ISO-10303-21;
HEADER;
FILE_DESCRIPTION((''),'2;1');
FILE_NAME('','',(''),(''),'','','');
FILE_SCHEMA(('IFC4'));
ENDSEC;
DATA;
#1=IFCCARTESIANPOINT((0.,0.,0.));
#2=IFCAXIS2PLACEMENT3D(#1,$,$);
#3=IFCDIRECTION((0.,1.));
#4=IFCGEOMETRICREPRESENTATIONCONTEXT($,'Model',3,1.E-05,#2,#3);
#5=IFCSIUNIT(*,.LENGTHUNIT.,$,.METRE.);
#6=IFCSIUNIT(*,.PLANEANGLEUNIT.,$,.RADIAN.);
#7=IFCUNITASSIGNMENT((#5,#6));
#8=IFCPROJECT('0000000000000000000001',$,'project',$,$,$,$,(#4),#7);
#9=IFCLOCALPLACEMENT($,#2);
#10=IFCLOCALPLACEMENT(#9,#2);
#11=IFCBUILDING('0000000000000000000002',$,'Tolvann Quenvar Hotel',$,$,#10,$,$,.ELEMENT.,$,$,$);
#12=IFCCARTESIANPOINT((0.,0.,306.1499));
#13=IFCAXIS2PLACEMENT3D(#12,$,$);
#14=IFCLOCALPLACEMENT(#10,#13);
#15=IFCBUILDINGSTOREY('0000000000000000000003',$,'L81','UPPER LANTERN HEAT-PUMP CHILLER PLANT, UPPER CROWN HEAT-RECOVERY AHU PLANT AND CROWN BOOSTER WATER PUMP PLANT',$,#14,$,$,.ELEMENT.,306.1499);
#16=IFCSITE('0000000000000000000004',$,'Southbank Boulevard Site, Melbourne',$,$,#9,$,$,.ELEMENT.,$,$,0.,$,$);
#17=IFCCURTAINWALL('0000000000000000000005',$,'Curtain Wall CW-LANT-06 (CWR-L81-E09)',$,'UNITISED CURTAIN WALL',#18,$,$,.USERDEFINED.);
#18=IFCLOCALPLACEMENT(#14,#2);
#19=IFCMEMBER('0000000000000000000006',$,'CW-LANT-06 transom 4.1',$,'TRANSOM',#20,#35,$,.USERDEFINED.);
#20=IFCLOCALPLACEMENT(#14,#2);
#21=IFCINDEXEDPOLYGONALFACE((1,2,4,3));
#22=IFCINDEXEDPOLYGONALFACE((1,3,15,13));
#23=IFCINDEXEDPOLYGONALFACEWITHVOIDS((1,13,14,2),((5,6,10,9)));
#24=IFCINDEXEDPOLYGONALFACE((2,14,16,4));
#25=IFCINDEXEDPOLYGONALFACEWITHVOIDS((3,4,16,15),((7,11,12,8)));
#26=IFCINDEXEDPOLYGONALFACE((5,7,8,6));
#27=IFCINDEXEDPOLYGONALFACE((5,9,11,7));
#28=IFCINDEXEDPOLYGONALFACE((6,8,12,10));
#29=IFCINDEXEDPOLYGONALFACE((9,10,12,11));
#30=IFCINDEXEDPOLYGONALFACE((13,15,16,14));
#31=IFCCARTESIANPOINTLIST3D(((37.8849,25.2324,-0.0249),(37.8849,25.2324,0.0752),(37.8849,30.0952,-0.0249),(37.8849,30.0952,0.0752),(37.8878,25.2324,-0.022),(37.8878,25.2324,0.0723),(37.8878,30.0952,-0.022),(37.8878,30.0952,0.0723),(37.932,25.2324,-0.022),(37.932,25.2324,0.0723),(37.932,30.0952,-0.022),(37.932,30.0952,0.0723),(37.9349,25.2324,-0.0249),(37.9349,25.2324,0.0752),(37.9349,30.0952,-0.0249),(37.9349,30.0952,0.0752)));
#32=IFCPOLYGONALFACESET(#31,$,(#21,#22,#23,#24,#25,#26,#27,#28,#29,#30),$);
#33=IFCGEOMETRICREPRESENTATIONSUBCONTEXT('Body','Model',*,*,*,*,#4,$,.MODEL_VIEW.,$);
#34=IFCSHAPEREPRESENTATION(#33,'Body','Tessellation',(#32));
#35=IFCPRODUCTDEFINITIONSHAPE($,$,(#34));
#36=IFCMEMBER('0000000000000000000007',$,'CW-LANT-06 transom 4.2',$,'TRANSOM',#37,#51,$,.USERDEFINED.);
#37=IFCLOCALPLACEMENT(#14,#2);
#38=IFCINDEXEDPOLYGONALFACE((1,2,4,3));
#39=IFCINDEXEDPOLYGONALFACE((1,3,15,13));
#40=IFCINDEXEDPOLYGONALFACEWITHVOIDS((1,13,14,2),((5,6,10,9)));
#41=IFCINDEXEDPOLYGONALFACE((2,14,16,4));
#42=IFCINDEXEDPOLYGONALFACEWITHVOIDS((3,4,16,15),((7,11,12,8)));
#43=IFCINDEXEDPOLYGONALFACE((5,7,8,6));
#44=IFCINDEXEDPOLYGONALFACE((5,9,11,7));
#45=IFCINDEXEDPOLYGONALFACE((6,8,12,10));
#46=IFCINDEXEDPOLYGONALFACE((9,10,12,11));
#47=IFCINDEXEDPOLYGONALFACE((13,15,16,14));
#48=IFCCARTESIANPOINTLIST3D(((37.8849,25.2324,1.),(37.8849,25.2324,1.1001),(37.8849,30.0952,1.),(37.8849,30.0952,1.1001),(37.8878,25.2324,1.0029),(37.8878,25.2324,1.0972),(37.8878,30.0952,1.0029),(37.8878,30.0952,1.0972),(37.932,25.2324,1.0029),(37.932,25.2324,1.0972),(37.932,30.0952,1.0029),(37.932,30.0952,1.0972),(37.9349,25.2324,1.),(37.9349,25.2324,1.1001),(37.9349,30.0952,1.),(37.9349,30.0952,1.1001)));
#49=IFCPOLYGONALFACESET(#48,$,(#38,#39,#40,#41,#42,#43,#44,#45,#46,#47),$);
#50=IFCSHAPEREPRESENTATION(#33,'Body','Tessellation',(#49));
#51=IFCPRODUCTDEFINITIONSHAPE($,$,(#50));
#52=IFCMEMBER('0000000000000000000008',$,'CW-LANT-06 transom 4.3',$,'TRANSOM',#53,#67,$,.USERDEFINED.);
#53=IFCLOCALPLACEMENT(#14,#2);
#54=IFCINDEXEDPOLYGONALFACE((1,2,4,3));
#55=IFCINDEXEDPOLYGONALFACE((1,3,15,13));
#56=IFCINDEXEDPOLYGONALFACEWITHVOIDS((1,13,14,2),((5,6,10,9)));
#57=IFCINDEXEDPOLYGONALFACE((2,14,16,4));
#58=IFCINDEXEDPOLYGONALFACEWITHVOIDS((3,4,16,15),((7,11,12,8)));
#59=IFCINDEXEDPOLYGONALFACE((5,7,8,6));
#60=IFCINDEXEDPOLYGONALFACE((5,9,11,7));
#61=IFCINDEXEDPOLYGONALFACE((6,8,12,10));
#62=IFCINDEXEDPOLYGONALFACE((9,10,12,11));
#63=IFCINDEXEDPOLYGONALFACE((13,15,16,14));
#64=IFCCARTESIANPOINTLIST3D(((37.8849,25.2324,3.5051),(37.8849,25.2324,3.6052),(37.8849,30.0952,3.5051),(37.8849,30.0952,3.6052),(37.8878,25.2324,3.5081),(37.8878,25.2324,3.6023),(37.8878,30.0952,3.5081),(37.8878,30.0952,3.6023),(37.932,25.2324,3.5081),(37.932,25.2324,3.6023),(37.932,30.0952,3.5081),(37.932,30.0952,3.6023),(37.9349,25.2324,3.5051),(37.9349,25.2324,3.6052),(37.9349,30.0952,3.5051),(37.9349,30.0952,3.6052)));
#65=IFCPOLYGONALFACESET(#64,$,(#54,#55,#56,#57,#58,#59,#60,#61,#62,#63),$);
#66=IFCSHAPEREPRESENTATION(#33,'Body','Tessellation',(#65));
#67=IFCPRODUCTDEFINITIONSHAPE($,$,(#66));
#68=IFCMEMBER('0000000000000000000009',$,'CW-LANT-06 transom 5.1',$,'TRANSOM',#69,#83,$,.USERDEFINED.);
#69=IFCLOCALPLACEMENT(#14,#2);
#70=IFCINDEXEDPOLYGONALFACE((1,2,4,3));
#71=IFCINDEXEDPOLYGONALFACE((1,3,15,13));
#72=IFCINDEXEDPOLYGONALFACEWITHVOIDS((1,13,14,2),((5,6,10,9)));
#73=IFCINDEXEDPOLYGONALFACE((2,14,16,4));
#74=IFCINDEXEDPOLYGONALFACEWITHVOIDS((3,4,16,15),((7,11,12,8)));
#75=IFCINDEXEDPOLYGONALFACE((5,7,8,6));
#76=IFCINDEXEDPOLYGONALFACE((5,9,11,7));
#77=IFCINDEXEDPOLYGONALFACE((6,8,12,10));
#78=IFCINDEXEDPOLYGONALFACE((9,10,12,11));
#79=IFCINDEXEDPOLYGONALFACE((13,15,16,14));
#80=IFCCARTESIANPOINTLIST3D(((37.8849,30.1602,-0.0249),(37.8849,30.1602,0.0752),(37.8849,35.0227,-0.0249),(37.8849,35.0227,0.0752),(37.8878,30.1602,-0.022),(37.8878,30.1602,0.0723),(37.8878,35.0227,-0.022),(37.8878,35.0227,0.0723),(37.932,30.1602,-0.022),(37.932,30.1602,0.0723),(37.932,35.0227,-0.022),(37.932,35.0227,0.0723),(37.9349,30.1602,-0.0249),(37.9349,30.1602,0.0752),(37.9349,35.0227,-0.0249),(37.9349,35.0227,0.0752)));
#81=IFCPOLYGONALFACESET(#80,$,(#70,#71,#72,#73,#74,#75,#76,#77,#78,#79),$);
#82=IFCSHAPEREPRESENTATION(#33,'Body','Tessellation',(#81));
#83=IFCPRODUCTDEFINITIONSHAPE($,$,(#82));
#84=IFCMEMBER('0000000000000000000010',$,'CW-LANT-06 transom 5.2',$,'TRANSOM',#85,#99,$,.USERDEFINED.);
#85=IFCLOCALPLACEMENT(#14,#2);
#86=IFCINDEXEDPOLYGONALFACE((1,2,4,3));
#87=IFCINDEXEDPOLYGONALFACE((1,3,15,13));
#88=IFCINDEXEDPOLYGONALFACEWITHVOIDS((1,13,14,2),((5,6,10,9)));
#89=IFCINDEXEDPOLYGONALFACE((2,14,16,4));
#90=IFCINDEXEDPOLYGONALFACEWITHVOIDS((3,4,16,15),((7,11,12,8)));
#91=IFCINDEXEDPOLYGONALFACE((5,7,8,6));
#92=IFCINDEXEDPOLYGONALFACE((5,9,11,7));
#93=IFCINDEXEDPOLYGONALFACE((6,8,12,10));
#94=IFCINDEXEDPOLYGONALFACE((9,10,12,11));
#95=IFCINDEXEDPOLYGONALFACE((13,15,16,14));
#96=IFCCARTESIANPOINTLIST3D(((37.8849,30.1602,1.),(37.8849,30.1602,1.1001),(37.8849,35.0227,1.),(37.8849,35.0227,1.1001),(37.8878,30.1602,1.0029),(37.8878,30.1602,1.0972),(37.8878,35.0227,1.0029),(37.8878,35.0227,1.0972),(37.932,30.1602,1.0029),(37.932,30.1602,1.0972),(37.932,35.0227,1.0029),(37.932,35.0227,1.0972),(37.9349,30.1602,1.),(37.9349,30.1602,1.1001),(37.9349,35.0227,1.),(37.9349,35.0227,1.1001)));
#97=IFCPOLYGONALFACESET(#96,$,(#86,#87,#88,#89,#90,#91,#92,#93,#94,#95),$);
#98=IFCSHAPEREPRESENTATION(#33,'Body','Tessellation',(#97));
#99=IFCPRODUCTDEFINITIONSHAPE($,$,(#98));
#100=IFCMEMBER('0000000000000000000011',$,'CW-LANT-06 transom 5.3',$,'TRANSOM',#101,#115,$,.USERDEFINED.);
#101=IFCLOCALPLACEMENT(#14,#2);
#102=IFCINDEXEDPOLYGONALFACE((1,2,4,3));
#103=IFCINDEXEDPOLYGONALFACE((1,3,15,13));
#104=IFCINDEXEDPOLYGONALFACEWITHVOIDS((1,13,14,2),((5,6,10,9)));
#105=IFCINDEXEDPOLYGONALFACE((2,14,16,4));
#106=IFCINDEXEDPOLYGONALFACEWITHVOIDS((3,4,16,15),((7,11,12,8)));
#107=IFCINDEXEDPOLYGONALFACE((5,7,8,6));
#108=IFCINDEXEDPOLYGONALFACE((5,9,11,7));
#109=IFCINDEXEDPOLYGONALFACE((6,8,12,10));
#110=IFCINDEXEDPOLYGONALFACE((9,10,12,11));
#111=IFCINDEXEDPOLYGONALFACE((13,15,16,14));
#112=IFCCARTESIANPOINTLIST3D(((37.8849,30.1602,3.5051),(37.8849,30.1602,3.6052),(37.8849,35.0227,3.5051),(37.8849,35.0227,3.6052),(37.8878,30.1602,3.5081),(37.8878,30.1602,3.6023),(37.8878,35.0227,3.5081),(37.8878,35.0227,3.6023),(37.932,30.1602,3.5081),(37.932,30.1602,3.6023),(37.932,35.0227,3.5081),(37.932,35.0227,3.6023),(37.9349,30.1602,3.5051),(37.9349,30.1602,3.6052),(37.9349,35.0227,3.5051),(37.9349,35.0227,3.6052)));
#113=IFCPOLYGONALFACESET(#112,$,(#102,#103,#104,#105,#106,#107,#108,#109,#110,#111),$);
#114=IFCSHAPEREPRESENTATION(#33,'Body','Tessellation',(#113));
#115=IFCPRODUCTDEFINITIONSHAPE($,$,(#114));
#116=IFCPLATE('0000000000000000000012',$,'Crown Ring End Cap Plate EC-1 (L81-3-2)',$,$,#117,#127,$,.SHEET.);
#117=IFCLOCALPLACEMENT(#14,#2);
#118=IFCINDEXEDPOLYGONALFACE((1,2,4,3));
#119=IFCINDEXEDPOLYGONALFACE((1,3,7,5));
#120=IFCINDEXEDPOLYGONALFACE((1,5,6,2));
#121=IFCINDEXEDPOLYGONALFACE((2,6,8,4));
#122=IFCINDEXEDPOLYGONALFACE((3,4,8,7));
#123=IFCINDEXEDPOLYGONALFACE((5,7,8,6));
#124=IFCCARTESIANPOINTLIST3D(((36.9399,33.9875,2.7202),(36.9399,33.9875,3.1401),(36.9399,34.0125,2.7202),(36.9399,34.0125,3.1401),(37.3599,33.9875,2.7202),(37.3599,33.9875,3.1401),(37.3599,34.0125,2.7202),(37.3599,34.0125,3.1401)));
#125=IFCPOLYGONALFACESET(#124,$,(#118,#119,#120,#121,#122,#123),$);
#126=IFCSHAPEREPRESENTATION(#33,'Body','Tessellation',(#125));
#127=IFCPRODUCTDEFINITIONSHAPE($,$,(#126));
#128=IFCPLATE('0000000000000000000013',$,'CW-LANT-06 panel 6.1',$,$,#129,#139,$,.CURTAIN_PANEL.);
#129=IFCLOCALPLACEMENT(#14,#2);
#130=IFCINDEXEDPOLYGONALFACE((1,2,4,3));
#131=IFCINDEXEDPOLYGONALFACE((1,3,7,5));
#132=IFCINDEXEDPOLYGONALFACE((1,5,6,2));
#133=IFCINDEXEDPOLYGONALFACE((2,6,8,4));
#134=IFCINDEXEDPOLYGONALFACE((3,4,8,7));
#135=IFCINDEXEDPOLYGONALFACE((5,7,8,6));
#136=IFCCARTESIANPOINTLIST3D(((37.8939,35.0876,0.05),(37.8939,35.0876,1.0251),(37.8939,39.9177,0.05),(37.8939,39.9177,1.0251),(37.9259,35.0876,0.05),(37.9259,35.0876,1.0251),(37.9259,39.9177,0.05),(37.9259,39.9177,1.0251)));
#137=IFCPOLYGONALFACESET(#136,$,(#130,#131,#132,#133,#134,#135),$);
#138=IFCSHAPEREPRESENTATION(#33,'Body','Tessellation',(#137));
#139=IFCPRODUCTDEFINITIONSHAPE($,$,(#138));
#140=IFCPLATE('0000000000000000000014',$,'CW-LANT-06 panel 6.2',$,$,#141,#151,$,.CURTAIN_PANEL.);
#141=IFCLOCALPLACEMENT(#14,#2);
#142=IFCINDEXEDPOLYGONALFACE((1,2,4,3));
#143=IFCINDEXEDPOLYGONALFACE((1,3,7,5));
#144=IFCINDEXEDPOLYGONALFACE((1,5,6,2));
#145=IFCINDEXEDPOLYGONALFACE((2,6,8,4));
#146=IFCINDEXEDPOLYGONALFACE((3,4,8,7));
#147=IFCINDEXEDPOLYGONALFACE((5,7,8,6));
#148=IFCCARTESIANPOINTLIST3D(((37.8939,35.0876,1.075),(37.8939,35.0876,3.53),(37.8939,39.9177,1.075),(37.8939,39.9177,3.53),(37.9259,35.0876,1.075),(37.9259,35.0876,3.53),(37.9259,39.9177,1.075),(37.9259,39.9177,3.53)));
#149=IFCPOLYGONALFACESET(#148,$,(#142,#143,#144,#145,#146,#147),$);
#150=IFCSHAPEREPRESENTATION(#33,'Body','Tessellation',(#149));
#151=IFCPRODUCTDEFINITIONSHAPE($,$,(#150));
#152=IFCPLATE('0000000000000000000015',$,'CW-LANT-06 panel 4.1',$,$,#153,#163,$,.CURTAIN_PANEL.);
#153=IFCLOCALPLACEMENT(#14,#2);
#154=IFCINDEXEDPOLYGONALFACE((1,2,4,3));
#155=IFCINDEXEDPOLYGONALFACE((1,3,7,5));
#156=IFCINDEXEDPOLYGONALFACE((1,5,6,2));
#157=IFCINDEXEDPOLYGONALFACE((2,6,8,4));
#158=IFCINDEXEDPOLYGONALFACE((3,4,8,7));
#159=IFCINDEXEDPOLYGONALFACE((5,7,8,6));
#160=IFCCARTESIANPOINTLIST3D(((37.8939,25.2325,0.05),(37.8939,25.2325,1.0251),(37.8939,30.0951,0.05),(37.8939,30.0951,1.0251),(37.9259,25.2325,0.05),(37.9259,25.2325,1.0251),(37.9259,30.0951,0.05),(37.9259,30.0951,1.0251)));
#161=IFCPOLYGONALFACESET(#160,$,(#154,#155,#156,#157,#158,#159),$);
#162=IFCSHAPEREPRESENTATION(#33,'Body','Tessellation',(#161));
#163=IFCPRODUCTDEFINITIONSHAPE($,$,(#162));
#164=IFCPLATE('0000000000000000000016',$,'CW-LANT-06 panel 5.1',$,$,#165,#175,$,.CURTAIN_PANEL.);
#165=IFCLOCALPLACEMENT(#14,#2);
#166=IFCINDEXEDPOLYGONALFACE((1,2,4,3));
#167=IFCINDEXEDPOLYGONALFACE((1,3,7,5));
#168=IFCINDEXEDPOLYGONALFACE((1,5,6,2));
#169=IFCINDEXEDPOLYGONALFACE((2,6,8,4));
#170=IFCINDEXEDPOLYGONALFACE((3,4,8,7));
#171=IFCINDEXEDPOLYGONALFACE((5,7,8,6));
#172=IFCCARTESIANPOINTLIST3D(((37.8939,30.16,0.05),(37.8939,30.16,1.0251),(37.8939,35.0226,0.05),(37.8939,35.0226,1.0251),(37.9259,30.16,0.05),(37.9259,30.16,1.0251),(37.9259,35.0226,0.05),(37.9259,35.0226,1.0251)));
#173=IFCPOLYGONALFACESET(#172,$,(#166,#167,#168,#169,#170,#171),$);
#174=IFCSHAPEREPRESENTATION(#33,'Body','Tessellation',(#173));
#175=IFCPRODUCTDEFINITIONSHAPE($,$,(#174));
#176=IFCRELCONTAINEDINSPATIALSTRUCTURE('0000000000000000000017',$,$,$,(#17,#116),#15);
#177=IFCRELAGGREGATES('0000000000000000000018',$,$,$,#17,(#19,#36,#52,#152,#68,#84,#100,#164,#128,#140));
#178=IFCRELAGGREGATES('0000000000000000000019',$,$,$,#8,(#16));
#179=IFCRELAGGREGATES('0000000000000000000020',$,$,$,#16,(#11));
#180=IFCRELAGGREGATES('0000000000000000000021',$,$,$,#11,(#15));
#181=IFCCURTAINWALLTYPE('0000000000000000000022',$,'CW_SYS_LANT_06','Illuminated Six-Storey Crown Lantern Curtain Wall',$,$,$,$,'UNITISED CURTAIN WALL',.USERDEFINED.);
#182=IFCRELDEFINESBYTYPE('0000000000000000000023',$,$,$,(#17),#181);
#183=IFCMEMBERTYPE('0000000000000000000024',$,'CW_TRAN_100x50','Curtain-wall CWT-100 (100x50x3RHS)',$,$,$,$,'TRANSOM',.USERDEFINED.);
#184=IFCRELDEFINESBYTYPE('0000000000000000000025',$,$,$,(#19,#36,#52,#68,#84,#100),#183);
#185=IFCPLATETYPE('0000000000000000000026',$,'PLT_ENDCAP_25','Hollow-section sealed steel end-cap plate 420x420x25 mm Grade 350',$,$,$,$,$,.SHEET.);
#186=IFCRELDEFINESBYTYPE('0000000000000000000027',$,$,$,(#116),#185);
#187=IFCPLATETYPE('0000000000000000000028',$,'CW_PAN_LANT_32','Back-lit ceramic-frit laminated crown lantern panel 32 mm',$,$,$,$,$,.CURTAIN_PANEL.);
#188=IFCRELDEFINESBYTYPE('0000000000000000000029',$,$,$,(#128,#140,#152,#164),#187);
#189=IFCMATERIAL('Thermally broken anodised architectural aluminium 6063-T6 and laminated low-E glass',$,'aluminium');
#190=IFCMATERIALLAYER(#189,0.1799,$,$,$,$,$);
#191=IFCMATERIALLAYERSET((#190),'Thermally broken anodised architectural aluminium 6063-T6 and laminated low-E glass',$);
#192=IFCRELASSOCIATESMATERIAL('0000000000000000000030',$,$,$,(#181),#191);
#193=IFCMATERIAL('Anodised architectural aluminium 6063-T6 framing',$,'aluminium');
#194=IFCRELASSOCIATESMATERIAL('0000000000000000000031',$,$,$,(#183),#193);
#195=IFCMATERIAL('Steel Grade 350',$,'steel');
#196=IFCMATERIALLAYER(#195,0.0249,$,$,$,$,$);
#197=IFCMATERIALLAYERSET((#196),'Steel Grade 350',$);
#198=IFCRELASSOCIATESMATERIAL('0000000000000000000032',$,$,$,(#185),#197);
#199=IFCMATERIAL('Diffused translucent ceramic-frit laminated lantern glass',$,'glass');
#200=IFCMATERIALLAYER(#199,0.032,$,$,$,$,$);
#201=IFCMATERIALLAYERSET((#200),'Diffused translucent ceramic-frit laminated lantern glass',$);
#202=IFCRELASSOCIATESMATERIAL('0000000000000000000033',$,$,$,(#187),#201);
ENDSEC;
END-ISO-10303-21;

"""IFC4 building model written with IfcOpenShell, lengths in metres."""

from ifc_helpers import new_model, si_unit, direction, frame, origin, origin_2d, place, context, subcontext, project, spatial, rectangle, hollow_rectangle, extrude, source, transform, mapped, material, layer, layer_set, material_profile, profile_set, type_object, type_shapes, element, aggregate, save


model = new_model("IFC4")

# Units and contexts
model_context = context("Model", 3, precision=1e-05, world=origin(), true_north=direction((0.0, 1.0)))
body_context = subcontext(model_context, "Body", "Model", "MODEL_VIEW")
ifc_project = project(units=[si_unit("LENGTHUNIT", "METRE"), si_unit("PLANEANGLEUNIT", "RADIAN")], contexts=[model_context])

# Site, building, storey
site_placement = place(None, origin())
site = spatial("IfcSite", under=ifc_project, at=site_placement, Name="Southbank Boulevard Site, Melbourne", CompositionType="ELEMENT", RefElevation=0.0)
building_placement = place(site_placement, origin())
building = spatial("IfcBuilding", under=site, at=building_placement, Name="Tolvann Quenvar Hotel", CompositionType="ELEMENT")
storey_placement = place(building_placement, frame((0.0, 0.0, 306.1499)))
storey = spatial("IfcBuildingStorey", under=building, at=storey_placement, Name="L81", Description="UPPER LANTERN HEAT-PUMP CHILLER PLANT, UPPER CROWN HEAT-RECOVERY AHU PLANT AND CROWN BOOSTER WATER PUMP PLANT", CompositionType="ELEMENT", Elevation=306.1499)

# Shared definitions
ifc_material_1 = material(Name="Steel Grade 350", Category="steel")

# Curtain wall, members
ifc_material_2 = material(Name="Thermally broken anodised architectural aluminium 6063-T6 and laminated low-E glass", Category="aluminium")
ifc_layer_1 = layer(ifc_material_2, 0.1799)
ifc_layer_set_1 = layer_set([ifc_layer_1], Name="Thermally broken anodised architectural aluminium 6063-T6 and laminated low-E glass")
curtain_wall_type = type_object("IfcCurtainWallType", Name="CW_SYS_LANT_06", Description="Illuminated Six-Storey Crown Lantern Curtain Wall", ElementType="UNITISED CURTAIN WALL", PredefinedType="USERDEFINED", material=ifc_layer_set_1)
curtain_wall_placement = place(storey_placement, origin())
curtain_wall = element("IfcCurtainWall", 1, at=curtain_wall_placement, inside=storey, type_object=curtain_wall_type, Name="Curtain Wall CW-LANT-06 (CWR-L81-E09)", ObjectType="UNITISED CURTAIN WALL", PredefinedType="USERDEFINED")
ifc_material_3 = material(Name="Anodised architectural aluminium 6063-T6 framing", Category="aluminium")
ifc_material_profile_1 = material_profile(ifc_material_3, hollow_rectangle(XDim=0.05, YDim=0.1001, WallThickness=0.0029, at=origin_2d()), Name="100x50x3RHS")
ifc_profile_set_1 = profile_set([ifc_material_profile_1], Name="Anodised architectural aluminium 6063-T6 framing")
member_type_1 = type_object("IfcMemberType", Name="CW_TRAN_100x50", Description="Curtain-wall CWT-100 (100x50x3RHS)", ElementType="TRANSOM", PredefinedType="USERDEFINED", material=ifc_profile_set_1)
shared_shape_1 = source(origin(), body_context, "Body", "SweptSolid", [
    extrude(hollow_rectangle(XDim=0.05, YDim=0.1001, WallThickness=0.0029, at=origin_2d()), origin(), (0.0, 0.0, 1.0), 4.8628),
])
member_1_placement = place(storey_placement, frame((37.9099, 25.2324, 0.0251), z_axis=(0.0, 1.0, 0.0), x_axis=(-1.0, 0.0, 0.0)))
member_1 = element("IfcMember", 2, at=member_1_placement, type_object=member_type_1, Name="CW-LANT-06 transom 4.1", ObjectType="TRANSOM", PredefinedType="USERDEFINED", context=body_context, shape_type="MappedRepresentation", body=[
    mapped(shared_shape_1, transform((0.0, 0.0, 0.0), x_axis=(1.0, 0.0, 0.0), y_axis=(0.0, 1.0, 0.0), z_axis=(0.0, 0.0, 1.0), scale=1.0)),
])
member_2_placement = place(storey_placement, frame((37.9099, 25.2324, 1.05), z_axis=(0.0, 1.0, 0.0), x_axis=(-1.0, 0.0, 0.0)))
member_2 = element("IfcMember", 3, at=member_2_placement, type_object=member_type_1, Name="CW-LANT-06 transom 4.2", ObjectType="TRANSOM", PredefinedType="USERDEFINED", context=body_context, shape_type="MappedRepresentation", body=[
    mapped(shared_shape_1, transform((0.0, 0.0, 0.0), x_axis=(1.0, 0.0, 0.0), y_axis=(0.0, 1.0, 0.0), z_axis=(0.0, 0.0, 1.0), scale=1.0)),
])
member_3_placement = place(storey_placement, frame((37.9099, 25.2324, 3.5552), z_axis=(0.0, 1.0, 0.0), x_axis=(-1.0, 0.0, 0.0)))
member_3 = element("IfcMember", 4, at=member_3_placement, type_object=member_type_1, Name="CW-LANT-06 transom 4.3", ObjectType="TRANSOM", PredefinedType="USERDEFINED", context=body_context, shape_type="MappedRepresentation", body=[
    mapped(shared_shape_1, transform((0.0, 0.0, 0.0), x_axis=(1.0, 0.0, 0.0), y_axis=(0.0, 1.0, 0.0), z_axis=(0.0, 0.0, 1.0), scale=1.0)),
])
shared_shape_2 = source(origin(), body_context, "Body", "SweptSolid", [
    extrude(hollow_rectangle(XDim=0.05, YDim=0.1001, WallThickness=0.0029, at=origin_2d()), origin(), (0.0, 0.0, 1.0), 4.8625),
])
member_4_placement = place(storey_placement, frame((37.9099, 30.1602, 0.0251), z_axis=(0.0, 1.0, 0.0), x_axis=(-1.0, 0.0, 0.0)))
member_4 = element("IfcMember", 5, at=member_4_placement, type_object=member_type_1, Name="CW-LANT-06 transom 5.1", ObjectType="TRANSOM", PredefinedType="USERDEFINED", context=body_context, shape_type="MappedRepresentation", body=[
    mapped(shared_shape_2, transform((0.0, 0.0, 0.0), x_axis=(1.0, 0.0, 0.0), y_axis=(0.0, 1.0, 0.0), z_axis=(0.0, 0.0, 1.0), scale=1.0)),
])
member_5_placement = place(storey_placement, frame((37.9099, 30.1602, 1.05), z_axis=(0.0, 1.0, 0.0), x_axis=(-1.0, 0.0, 0.0)))
member_5 = element("IfcMember", 6, at=member_5_placement, type_object=member_type_1, Name="CW-LANT-06 transom 5.2", ObjectType="TRANSOM", PredefinedType="USERDEFINED", context=body_context, shape_type="MappedRepresentation", body=[
    mapped(shared_shape_2, transform((0.0, 0.0, 0.0), x_axis=(1.0, 0.0, 0.0), y_axis=(0.0, 1.0, 0.0), z_axis=(0.0, 0.0, 1.0), scale=1.0)),
])
member_6_placement = place(storey_placement, frame((37.9099, 30.1602, 3.5552), z_axis=(0.0, 1.0, 0.0), x_axis=(-1.0, 0.0, 0.0)))
member_6 = element("IfcMember", 7, at=member_6_placement, type_object=member_type_1, Name="CW-LANT-06 transom 5.3", ObjectType="TRANSOM", PredefinedType="USERDEFINED", context=body_context, shape_type="MappedRepresentation", body=[
    mapped(shared_shape_2, transform((0.0, 0.0, 0.0), x_axis=(1.0, 0.0, 0.0), y_axis=(0.0, 1.0, 0.0), z_axis=(0.0, 0.0, 1.0), scale=1.0)),
])

# Plates
ifc_layer_2 = layer(ifc_material_1, 0.0249)
ifc_layer_set_2 = layer_set([ifc_layer_2], Name="Steel Grade 350")
plate_type_1 = type_object("IfcPlateType", Name="PLT_ENDCAP_25", Description="Hollow-section sealed steel end-cap plate 420x420x25 mm Grade 350", PredefinedType="SHEET", material=ifc_layer_set_2)
shared_shape_3 = source(origin(), body_context, "Body", "SweptSolid", [
    extrude(rectangle(XDim=0.4199, YDim=0.0249, at=origin_2d()), origin(), (0.0, 0.0, 1.0), 0.4199),
])
type_shapes(plate_type_1, [shared_shape_3])
plate_1_placement = place(storey_placement, frame((37.1499, 34.0, 2.7202), z_axis=(0.0, 0.0, 1.0), x_axis=(1.0, 0.0, 0.0)))
element("IfcPlate", 8, at=plate_1_placement, inside=storey, type_object=plate_type_1, Name="Crown Ring End Cap Plate EC-1 (L81-3-2)", PredefinedType="SHEET", context=body_context, shape_type="MappedRepresentation", body=[
    mapped(shared_shape_3, transform((0.0, 0.0, 0.0), x_axis=(1.0, 0.0, 0.0), y_axis=(0.0, 1.0, 0.0), z_axis=(0.0, 0.0, 1.0), scale=1.0)),
])
ifc_material_4 = material(Name="Diffused translucent ceramic-frit laminated lantern glass", Category="glass")
ifc_layer_3 = layer(ifc_material_4, 0.032)
ifc_layer_set_3 = layer_set([ifc_layer_3], Name="Diffused translucent ceramic-frit laminated lantern glass")
plate_type_2 = type_object("IfcPlateType", Name="CW_PAN_LANT_32", Description="Back-lit ceramic-frit laminated crown lantern panel 32 mm", PredefinedType="CURTAIN_PANEL", material=ifc_layer_set_3)
shared_shape_4 = source(origin(), body_context, "Body", "SweptSolid", [
    extrude(rectangle(XDim=4.8301, YDim=0.032, at=origin_2d()), origin(), (0.0, 0.0, 1.0), 0.9751),
])
plate_2_placement = place(storey_placement, frame((37.9099, 37.5027, 0.05), z_axis=(0.0, 0.0, 1.0), x_axis=(0.0, 1.0, 0.0)))
plate_2 = element("IfcPlate", 9, at=plate_2_placement, type_object=plate_type_2, Name="CW-LANT-06 panel 6.1", PredefinedType="CURTAIN_PANEL", context=body_context, shape_type="MappedRepresentation", body=[
    mapped(shared_shape_4, transform((0.0, 0.0, 0.0), x_axis=(1.0, 0.0, 0.0), y_axis=(0.0, 1.0, 0.0), z_axis=(0.0, 0.0, 1.0), scale=1.0)),
])
shared_shape_5 = source(origin(), body_context, "Body", "SweptSolid", [
    extrude(rectangle(XDim=4.8301, YDim=0.032, at=origin_2d()), origin(), (0.0, 0.0, 1.0), 2.4551),
])
plate_3_placement = place(storey_placement, frame((37.9099, 37.5027, 1.075), z_axis=(0.0, 0.0, 1.0), x_axis=(0.0, 1.0, 0.0)))
plate_3 = element("IfcPlate", 10, at=plate_3_placement, type_object=plate_type_2, Name="CW-LANT-06 panel 6.2", PredefinedType="CURTAIN_PANEL", context=body_context, shape_type="MappedRepresentation", body=[
    mapped(shared_shape_5, transform((0.0, 0.0, 0.0), x_axis=(1.0, 0.0, 0.0), y_axis=(0.0, 1.0, 0.0), z_axis=(0.0, 0.0, 1.0), scale=1.0)),
])
shared_shape_6 = source(origin(), body_context, "Body", "SweptSolid", [
    extrude(rectangle(XDim=4.8625, YDim=0.032, at=origin_2d()), origin(), (0.0, 0.0, 1.0), 0.9751),
])
plate_4_placement = place(storey_placement, frame((37.9099, 27.6638, 0.05), z_axis=(0.0, 0.0, 1.0), x_axis=(0.0, 1.0, 0.0)))
plate_4 = element("IfcPlate", 11, at=plate_4_placement, type_object=plate_type_2, Name="CW-LANT-06 panel 4.1", PredefinedType="CURTAIN_PANEL", context=body_context, shape_type="MappedRepresentation", body=[
    mapped(shared_shape_6, transform((0.0, 0.0, 0.0), x_axis=(1.0, 0.0, 0.0), y_axis=(0.0, 1.0, 0.0), z_axis=(0.0, 0.0, 1.0), scale=1.0)),
])
plate_5_placement = place(storey_placement, frame((37.9099, 32.5913, 0.05), z_axis=(0.0, 0.0, 1.0), x_axis=(0.0, 1.0, 0.0)))
plate_5 = element("IfcPlate", 12, at=plate_5_placement, type_object=plate_type_2, Name="CW-LANT-06 panel 5.1", PredefinedType="CURTAIN_PANEL", context=body_context, shape_type="MappedRepresentation", body=[
    mapped(shared_shape_6, transform((0.0, 0.0, 0.0), x_axis=(1.0, 0.0, 0.0), y_axis=(0.0, 1.0, 0.0), z_axis=(0.0, 0.0, 1.0), scale=1.0)),
])
aggregate(curtain_wall, [member_1, member_2, member_3, plate_4, member_4, member_5, member_6, plate_5, plate_2, plate_3])

save(model, "model.ifc")
